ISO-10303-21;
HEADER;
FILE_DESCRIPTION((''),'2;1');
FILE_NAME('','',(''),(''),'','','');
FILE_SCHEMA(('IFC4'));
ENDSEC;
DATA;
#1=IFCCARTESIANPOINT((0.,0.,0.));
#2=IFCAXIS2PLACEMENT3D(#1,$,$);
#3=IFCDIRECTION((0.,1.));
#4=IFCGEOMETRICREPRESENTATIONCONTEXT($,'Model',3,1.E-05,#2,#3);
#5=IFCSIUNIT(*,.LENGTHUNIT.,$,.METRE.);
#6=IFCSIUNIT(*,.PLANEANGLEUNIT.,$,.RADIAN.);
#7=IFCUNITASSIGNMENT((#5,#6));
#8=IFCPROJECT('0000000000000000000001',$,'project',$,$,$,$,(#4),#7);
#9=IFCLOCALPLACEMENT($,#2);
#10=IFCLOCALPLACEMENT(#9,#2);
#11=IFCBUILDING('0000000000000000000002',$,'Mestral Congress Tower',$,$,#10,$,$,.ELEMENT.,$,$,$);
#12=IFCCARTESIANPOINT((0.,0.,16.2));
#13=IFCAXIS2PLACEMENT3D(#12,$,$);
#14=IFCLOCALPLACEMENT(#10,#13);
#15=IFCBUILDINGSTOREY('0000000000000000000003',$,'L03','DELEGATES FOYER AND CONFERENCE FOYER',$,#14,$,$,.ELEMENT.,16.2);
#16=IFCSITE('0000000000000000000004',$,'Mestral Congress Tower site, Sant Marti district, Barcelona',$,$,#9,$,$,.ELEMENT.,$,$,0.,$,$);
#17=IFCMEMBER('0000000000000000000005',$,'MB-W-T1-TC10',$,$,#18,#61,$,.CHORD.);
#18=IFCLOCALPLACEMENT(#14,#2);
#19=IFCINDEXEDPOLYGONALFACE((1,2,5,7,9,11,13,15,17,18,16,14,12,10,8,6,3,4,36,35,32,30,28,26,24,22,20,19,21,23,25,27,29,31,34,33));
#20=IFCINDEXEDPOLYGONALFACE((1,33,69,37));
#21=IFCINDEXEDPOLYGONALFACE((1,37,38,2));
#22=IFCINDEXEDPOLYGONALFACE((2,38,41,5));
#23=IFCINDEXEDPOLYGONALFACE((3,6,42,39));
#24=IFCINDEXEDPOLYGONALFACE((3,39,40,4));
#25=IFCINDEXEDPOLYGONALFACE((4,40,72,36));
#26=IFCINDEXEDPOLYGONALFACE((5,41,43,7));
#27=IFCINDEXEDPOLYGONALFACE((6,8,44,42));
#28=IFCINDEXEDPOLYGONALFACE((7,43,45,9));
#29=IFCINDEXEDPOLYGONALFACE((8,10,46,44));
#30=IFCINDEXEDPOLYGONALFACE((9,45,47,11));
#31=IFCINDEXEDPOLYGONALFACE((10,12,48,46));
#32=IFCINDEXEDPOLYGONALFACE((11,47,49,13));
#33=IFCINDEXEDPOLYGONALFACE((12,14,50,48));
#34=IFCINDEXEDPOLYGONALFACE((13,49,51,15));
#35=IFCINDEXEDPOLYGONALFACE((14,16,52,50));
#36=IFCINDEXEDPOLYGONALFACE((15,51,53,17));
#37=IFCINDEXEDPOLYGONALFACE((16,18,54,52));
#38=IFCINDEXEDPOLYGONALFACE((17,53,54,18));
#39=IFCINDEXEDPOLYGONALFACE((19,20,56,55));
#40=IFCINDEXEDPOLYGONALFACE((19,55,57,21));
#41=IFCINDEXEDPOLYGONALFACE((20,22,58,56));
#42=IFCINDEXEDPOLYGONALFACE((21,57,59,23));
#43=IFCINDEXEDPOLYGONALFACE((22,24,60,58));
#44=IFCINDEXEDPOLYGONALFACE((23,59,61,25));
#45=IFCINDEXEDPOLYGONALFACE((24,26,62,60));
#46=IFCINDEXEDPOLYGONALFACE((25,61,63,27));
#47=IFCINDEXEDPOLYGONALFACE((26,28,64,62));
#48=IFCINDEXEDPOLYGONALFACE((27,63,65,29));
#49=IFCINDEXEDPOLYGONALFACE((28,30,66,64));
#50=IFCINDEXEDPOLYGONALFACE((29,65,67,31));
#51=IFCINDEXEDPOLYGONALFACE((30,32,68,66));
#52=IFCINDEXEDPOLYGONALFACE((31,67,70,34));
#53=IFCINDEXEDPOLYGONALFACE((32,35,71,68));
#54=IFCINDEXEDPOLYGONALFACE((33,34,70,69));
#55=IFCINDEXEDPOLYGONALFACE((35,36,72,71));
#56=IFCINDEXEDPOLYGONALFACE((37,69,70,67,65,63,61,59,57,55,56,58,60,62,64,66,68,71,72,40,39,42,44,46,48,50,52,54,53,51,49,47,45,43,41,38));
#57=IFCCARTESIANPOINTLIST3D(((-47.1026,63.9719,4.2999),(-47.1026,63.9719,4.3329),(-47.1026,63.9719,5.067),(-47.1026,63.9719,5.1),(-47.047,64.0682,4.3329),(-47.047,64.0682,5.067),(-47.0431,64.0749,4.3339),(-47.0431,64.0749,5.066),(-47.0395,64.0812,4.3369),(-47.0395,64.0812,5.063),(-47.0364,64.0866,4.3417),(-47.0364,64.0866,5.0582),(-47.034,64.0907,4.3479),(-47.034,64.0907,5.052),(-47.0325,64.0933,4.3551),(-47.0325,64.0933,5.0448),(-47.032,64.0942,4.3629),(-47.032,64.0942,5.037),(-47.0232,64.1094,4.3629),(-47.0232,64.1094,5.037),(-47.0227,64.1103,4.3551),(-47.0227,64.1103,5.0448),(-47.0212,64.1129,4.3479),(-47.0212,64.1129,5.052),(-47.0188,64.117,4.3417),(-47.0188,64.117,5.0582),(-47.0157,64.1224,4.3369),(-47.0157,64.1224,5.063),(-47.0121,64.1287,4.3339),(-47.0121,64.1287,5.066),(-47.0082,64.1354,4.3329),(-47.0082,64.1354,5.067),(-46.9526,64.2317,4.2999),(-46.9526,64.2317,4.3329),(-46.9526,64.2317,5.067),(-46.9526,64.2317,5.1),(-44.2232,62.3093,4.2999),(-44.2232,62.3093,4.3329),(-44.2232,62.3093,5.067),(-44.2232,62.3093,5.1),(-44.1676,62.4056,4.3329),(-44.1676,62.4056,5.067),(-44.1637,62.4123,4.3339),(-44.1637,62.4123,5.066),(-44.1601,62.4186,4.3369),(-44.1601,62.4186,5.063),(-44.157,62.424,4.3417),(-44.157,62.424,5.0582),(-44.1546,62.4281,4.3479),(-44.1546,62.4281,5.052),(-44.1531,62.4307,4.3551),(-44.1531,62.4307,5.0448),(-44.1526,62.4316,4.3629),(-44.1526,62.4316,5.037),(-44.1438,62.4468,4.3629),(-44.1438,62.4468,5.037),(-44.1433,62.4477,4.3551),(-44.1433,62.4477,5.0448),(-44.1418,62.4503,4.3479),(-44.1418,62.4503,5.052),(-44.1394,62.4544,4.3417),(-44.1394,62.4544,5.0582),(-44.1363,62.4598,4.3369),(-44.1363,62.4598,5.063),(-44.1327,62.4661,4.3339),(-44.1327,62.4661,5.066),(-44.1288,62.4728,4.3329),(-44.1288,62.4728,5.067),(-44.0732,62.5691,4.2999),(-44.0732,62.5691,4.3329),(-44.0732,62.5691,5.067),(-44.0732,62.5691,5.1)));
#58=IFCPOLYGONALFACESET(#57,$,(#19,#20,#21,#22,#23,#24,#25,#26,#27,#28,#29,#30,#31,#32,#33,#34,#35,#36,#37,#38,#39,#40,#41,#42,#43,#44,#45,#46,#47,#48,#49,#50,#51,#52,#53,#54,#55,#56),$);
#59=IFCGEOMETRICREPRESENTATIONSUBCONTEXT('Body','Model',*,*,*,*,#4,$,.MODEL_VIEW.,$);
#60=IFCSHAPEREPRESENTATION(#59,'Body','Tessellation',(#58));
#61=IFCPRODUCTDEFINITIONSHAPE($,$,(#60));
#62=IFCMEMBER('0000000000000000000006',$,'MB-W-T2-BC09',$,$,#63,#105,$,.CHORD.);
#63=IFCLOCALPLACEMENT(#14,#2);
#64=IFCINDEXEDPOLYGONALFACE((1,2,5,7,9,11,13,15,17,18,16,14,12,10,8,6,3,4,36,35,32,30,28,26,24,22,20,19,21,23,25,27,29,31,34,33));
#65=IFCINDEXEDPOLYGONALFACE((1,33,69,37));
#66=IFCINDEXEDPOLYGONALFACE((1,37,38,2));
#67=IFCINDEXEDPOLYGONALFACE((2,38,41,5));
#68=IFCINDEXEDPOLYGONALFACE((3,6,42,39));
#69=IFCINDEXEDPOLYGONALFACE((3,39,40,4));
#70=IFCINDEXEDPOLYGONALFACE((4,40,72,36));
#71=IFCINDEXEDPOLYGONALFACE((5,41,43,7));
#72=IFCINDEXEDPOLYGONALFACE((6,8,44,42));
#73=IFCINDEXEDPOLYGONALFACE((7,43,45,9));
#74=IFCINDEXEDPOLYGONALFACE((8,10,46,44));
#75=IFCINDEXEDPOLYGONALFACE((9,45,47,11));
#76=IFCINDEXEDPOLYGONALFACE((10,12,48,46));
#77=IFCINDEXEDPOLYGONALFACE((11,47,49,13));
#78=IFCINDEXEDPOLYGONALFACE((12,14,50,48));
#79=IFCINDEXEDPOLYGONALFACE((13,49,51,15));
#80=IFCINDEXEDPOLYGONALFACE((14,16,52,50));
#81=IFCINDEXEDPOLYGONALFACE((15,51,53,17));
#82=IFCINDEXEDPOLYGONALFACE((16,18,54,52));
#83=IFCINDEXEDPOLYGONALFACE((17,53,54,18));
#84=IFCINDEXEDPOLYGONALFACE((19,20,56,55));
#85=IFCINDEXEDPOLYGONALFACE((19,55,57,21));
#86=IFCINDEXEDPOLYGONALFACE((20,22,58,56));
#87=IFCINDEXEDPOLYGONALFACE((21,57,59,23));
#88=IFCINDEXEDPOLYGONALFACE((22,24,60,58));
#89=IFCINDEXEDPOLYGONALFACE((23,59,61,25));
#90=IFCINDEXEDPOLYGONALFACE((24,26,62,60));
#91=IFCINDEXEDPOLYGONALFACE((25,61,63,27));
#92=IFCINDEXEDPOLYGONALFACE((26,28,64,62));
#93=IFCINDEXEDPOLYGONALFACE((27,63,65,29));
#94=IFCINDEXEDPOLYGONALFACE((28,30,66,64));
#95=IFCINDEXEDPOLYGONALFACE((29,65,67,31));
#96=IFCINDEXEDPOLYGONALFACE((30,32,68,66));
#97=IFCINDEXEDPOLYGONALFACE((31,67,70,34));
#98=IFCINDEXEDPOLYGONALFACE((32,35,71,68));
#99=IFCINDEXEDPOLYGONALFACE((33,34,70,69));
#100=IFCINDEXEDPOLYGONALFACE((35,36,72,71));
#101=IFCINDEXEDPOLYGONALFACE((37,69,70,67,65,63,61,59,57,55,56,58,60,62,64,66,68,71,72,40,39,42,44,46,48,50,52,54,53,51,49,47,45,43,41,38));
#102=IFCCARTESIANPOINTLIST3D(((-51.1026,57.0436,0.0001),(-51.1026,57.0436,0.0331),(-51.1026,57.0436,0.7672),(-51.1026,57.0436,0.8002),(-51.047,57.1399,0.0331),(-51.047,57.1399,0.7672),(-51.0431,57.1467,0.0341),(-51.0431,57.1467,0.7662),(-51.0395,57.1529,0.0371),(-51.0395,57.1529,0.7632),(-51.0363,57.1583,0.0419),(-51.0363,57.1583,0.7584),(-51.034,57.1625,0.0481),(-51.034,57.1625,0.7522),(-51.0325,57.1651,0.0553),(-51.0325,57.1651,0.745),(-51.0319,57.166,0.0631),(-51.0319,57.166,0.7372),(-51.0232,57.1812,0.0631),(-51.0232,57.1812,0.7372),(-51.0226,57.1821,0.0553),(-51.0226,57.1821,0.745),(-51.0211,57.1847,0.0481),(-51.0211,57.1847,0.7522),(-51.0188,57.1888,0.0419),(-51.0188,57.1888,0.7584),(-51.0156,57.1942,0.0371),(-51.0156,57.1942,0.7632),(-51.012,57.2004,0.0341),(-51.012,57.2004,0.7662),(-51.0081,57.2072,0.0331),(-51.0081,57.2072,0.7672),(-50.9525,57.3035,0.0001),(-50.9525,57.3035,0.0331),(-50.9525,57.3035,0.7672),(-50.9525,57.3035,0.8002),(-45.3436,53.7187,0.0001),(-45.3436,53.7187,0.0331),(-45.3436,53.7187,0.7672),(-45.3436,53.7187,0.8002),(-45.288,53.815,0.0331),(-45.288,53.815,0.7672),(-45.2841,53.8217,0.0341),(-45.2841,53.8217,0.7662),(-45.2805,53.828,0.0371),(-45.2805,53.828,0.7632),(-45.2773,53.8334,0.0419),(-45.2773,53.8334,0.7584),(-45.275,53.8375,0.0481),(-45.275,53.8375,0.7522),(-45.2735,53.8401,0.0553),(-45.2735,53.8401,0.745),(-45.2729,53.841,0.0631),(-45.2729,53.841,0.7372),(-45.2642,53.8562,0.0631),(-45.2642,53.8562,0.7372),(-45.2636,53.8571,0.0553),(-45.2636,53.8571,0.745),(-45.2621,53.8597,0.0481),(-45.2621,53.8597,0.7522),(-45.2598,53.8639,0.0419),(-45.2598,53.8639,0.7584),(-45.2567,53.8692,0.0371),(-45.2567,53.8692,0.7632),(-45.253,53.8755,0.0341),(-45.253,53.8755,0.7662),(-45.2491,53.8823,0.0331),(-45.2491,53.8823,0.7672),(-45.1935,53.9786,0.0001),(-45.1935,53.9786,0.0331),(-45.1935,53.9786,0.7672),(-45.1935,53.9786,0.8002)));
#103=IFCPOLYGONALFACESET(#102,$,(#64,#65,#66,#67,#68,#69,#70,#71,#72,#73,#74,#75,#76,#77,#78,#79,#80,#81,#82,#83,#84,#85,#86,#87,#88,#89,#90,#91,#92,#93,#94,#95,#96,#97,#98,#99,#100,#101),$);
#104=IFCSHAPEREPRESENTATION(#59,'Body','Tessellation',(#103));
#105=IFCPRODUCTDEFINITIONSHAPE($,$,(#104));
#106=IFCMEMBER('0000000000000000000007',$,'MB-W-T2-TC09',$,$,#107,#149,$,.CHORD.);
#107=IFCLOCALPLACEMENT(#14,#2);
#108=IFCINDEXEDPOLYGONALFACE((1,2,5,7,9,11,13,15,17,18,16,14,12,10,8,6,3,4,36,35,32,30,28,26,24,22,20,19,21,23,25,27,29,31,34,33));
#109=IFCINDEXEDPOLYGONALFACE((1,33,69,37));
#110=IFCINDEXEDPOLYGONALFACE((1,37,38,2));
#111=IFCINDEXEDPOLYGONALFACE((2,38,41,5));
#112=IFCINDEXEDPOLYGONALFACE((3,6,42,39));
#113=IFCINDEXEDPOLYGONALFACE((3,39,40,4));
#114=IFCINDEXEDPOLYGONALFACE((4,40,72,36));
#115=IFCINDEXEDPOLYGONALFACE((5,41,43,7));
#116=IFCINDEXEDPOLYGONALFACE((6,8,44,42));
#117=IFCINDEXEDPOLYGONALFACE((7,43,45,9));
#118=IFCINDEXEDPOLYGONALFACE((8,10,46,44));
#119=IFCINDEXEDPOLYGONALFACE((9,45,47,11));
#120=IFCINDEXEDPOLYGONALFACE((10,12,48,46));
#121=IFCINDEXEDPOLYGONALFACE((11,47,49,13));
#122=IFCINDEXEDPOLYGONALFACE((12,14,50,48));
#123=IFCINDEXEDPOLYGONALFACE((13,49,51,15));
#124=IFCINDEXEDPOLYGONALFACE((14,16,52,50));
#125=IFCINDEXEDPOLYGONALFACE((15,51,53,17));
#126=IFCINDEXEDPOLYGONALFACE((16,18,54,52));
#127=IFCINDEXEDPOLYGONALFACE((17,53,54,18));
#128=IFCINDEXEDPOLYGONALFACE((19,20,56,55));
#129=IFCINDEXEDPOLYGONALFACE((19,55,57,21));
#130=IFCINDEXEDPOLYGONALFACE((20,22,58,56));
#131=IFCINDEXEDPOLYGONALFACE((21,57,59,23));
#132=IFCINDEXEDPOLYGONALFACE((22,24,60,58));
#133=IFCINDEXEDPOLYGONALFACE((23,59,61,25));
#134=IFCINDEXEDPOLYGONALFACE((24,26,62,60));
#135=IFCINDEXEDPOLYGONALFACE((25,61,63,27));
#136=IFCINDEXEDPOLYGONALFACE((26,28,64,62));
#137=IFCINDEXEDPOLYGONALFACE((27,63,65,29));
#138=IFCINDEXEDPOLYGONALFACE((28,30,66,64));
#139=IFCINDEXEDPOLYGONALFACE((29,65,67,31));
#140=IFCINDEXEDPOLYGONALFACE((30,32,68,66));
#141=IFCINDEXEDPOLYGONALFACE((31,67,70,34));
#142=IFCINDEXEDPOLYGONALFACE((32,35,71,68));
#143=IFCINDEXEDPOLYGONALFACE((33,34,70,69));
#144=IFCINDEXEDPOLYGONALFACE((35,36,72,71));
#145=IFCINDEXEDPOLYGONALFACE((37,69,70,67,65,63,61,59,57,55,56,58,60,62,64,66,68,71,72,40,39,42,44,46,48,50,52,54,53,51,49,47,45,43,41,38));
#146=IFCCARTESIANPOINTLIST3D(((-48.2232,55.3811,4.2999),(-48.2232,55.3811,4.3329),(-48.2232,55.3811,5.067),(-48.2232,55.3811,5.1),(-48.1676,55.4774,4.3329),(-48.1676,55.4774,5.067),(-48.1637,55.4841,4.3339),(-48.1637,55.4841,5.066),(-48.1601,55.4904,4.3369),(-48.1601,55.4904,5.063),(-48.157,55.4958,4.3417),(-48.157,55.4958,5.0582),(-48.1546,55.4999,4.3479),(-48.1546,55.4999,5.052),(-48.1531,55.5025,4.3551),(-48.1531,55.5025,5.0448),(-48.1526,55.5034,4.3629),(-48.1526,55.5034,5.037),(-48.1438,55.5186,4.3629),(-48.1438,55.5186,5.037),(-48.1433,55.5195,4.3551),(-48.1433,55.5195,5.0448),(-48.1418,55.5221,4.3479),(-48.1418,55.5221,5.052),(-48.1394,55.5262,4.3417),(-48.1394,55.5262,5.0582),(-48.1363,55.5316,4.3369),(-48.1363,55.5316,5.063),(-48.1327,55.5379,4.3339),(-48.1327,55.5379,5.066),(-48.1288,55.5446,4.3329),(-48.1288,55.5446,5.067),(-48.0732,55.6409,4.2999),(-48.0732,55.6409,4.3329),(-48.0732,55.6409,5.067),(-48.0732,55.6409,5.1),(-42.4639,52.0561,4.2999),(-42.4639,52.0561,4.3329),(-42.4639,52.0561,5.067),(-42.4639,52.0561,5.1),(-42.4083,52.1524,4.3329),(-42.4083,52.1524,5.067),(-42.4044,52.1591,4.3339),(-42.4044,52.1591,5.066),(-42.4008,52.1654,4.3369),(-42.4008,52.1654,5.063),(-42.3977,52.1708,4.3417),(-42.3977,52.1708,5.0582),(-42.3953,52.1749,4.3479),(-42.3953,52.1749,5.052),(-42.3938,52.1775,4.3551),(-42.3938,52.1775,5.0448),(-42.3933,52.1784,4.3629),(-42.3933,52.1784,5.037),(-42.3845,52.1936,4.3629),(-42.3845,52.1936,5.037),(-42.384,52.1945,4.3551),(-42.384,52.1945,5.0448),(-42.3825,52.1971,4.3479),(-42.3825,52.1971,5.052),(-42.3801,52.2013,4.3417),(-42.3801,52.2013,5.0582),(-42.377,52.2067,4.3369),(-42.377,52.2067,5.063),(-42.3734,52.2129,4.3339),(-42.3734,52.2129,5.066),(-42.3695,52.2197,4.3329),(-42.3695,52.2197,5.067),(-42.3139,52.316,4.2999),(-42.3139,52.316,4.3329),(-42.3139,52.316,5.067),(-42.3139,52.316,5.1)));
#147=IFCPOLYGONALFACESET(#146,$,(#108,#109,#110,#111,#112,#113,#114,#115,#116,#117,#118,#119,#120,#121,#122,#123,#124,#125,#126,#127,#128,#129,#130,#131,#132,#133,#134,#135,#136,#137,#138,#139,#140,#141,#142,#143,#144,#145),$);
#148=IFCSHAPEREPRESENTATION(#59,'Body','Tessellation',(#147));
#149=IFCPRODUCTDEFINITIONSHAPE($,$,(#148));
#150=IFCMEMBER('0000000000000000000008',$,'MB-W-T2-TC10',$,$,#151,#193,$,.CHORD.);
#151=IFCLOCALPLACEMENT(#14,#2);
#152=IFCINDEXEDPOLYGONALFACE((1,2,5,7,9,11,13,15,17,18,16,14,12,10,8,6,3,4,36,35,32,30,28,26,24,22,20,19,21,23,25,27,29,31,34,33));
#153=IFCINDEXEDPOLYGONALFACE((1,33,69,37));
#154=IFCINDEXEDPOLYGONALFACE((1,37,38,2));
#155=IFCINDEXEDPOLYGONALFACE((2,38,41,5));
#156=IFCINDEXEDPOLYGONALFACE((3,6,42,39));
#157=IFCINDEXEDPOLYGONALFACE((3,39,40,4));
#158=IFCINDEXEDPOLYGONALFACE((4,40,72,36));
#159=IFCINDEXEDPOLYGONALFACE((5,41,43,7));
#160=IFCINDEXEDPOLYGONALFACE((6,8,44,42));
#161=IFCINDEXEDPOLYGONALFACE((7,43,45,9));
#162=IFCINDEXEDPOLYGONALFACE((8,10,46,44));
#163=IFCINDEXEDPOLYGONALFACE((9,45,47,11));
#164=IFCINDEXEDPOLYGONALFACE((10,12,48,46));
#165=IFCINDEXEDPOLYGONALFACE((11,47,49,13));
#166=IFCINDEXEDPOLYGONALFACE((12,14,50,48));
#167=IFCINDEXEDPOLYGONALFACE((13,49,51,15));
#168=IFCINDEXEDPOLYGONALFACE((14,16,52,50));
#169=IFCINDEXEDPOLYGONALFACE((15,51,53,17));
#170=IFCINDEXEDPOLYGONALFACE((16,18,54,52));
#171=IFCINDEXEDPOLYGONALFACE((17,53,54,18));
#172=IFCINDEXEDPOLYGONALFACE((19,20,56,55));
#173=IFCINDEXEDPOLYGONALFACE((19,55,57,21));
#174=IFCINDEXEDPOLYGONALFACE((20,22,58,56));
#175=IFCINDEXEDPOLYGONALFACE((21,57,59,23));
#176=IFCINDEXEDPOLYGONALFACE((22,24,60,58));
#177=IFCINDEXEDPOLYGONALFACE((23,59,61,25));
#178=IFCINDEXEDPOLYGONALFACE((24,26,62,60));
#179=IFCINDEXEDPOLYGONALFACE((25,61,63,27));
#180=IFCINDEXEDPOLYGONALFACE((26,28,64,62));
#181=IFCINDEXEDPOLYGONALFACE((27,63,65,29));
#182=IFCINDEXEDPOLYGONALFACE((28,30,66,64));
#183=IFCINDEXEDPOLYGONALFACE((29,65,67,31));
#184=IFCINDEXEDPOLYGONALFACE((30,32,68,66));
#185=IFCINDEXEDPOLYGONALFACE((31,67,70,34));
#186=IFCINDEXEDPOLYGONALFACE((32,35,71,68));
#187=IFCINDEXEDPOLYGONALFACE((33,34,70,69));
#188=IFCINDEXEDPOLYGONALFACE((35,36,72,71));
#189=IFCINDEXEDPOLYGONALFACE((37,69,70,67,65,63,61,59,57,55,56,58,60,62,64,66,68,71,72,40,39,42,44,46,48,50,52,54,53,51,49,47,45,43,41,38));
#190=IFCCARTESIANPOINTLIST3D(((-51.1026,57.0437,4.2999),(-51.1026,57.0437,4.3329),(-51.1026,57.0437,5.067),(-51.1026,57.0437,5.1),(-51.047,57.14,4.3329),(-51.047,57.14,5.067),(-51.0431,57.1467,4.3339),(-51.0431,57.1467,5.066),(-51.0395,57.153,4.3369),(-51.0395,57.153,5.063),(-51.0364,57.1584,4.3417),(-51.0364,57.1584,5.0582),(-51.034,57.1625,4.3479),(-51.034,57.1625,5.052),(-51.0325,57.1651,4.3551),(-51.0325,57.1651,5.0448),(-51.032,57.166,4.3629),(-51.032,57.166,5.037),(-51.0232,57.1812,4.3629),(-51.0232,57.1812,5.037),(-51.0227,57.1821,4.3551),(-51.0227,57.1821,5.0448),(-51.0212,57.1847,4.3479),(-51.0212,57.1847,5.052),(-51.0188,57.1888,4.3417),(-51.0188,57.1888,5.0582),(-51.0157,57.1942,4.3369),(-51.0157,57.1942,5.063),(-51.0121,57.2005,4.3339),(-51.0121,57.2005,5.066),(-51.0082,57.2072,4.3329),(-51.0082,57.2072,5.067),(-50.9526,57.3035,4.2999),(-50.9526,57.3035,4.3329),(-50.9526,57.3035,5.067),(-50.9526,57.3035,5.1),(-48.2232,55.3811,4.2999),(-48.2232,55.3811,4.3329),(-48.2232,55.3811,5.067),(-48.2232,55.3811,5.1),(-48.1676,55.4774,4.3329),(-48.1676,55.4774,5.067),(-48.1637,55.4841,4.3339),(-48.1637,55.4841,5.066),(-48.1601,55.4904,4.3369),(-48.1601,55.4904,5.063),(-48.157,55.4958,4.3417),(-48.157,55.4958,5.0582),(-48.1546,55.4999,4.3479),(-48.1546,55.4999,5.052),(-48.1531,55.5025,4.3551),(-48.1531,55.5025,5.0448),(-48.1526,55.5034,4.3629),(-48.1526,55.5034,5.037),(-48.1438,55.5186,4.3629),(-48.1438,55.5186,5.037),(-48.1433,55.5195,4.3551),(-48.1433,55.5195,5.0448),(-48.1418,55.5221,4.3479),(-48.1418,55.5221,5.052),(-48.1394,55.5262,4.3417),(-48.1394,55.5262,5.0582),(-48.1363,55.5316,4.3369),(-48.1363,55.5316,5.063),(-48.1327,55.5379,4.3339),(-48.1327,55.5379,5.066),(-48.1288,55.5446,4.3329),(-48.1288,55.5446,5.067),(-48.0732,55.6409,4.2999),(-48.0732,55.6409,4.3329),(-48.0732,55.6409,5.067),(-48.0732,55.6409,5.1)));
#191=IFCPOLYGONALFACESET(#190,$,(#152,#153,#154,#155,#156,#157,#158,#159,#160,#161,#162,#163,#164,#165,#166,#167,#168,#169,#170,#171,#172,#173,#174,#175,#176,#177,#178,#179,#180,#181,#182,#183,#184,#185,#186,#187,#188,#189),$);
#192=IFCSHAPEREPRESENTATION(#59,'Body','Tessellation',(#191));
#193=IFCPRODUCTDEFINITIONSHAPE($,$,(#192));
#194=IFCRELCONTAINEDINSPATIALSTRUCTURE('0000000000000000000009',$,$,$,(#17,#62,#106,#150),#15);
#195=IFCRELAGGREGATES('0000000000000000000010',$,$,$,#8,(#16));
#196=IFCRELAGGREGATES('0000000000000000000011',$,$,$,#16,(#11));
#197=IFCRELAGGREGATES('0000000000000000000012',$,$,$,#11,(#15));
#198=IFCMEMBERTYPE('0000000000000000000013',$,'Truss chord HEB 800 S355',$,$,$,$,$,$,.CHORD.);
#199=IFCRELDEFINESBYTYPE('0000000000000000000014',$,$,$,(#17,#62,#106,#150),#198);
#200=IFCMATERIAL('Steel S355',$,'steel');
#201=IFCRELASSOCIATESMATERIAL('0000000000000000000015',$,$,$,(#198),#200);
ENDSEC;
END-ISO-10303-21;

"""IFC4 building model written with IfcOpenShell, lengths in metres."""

from ifc_helpers import new_model, si_unit, direction, frame, origin, origin_2d, place, context, subcontext, project, spatial, i_section, extrude, material, material_profile, profile_set, type_object, element, save


model = new_model("IFC4")

# Units and contexts
model_context = context("Model", 3, precision=1e-05, world=origin(), true_north=direction((0.0, 1.0)))
body_context = subcontext(model_context, "Body", "Model", "MODEL_VIEW")
ifc_project = project(units=[si_unit("LENGTHUNIT", "METRE"), si_unit("PLANEANGLEUNIT", "RADIAN")], contexts=[model_context])

# Site, building, storey
site_placement = place(None, origin())
site = spatial("IfcSite", under=ifc_project, at=site_placement, Name="Mestral Congress Tower site, Sant Marti district, Barcelona", CompositionType="ELEMENT", RefElevation=0.0)
building_placement = place(site_placement, origin())
building = spatial("IfcBuilding", under=site, at=building_placement, Name="Mestral Congress Tower", CompositionType="ELEMENT")
storey_placement = place(building_placement, frame((0.0, 0.0, 16.2)))
storey = spatial("IfcBuildingStorey", under=building, at=storey_placement, Name="L03", Description="DELEGATES FOYER AND CONFERENCE FOYER", CompositionType="ELEMENT", Elevation=16.2)

# Shared definitions
ifc_material_1 = material(Name="Steel S355", Category="steel")

# Members
ifc_material_profile_1 = material_profile(ifc_material_1, i_section(OverallWidth=0.3, OverallDepth=0.8, WebThickness=0.0176, FlangeThickness=0.033, FilletRadius=0.03, at=origin_2d()), Name="HEB 800")
ifc_profile_set_1 = profile_set([ifc_material_profile_1], Name="Steel S355")
member_type_1 = type_object("IfcMemberType", Name="Truss chord HEB 800 S355", PredefinedType="CHORD", material=ifc_profile_set_1)
member_1_placement = place(storey_placement, frame((-44.1482, 62.4392, 4.7), z_axis=(-0.866002, 0.50004, 0.0), x_axis=(-0.50004, -0.866002, 0.0)))
element("IfcMember", 1, at=member_1_placement, inside=storey, type_object=member_type_1, Name="MB-W-T1-TC10", PredefinedType="CHORD", context=body_context, shape_type="SweptSolid", body=[
    extrude(i_section(OverallWidth=0.3, OverallDepth=0.8, WebThickness=0.0176, FlangeThickness=0.033, FilletRadius=0.03, at=origin_2d()), origin(), (0.0, 0.0, 1.0), 3.325),
])
member_2_placement = place(storey_placement, frame((-45.2686, 53.8486, 0.4001), z_axis=(-0.866027, 0.499997, 0.0), x_axis=(-0.499997, -0.866027, 0.0)))
element("IfcMember", 2, at=member_2_placement, inside=storey, type_object=member_type_1, Name="MB-W-T2-BC09", PredefinedType="CHORD", context=body_context, shape_type="SweptSolid", body=[
    extrude(i_section(OverallWidth=0.3, OverallDepth=0.8, WebThickness=0.0176, FlangeThickness=0.033, FilletRadius=0.03, at=origin_2d()), origin(), (0.0, 0.0, 1.0), 6.6499),
])
member_3_placement = place(storey_placement, frame((-42.3889, 52.186, 4.7), z_axis=(-0.866036, 0.499981, 0.0), x_axis=(-0.499981, -0.866036, 0.0)))
element("IfcMember", 3, at=member_3_placement, inside=storey, type_object=member_type_1, Name="MB-W-T2-TC09", PredefinedType="CHORD", context=body_context, shape_type="SweptSolid", body=[
    extrude(i_section(OverallWidth=0.3, OverallDepth=0.8, WebThickness=0.0176, FlangeThickness=0.033, FilletRadius=0.03, at=origin_2d()), origin(), (0.0, 0.0, 1.0), 6.6501),
])
member_4_placement = place(storey_placement, frame((-48.1482, 55.511, 4.7), z_axis=(-0.866002, 0.50004, 0.0), x_axis=(-0.50004, -0.866002, 0.0)))
element("IfcMember", 4, at=member_4_placement, inside=storey, type_object=member_type_1, Name="MB-W-T2-TC10", PredefinedType="CHORD", context=body_context, shape_type="SweptSolid", body=[
    extrude(i_section(OverallWidth=0.3, OverallDepth=0.8, WebThickness=0.0176, FlangeThickness=0.033, FilletRadius=0.03, at=origin_2d()), origin(), (0.0, 0.0, 1.0), 3.325),
])

save(model, "model.ifc")
